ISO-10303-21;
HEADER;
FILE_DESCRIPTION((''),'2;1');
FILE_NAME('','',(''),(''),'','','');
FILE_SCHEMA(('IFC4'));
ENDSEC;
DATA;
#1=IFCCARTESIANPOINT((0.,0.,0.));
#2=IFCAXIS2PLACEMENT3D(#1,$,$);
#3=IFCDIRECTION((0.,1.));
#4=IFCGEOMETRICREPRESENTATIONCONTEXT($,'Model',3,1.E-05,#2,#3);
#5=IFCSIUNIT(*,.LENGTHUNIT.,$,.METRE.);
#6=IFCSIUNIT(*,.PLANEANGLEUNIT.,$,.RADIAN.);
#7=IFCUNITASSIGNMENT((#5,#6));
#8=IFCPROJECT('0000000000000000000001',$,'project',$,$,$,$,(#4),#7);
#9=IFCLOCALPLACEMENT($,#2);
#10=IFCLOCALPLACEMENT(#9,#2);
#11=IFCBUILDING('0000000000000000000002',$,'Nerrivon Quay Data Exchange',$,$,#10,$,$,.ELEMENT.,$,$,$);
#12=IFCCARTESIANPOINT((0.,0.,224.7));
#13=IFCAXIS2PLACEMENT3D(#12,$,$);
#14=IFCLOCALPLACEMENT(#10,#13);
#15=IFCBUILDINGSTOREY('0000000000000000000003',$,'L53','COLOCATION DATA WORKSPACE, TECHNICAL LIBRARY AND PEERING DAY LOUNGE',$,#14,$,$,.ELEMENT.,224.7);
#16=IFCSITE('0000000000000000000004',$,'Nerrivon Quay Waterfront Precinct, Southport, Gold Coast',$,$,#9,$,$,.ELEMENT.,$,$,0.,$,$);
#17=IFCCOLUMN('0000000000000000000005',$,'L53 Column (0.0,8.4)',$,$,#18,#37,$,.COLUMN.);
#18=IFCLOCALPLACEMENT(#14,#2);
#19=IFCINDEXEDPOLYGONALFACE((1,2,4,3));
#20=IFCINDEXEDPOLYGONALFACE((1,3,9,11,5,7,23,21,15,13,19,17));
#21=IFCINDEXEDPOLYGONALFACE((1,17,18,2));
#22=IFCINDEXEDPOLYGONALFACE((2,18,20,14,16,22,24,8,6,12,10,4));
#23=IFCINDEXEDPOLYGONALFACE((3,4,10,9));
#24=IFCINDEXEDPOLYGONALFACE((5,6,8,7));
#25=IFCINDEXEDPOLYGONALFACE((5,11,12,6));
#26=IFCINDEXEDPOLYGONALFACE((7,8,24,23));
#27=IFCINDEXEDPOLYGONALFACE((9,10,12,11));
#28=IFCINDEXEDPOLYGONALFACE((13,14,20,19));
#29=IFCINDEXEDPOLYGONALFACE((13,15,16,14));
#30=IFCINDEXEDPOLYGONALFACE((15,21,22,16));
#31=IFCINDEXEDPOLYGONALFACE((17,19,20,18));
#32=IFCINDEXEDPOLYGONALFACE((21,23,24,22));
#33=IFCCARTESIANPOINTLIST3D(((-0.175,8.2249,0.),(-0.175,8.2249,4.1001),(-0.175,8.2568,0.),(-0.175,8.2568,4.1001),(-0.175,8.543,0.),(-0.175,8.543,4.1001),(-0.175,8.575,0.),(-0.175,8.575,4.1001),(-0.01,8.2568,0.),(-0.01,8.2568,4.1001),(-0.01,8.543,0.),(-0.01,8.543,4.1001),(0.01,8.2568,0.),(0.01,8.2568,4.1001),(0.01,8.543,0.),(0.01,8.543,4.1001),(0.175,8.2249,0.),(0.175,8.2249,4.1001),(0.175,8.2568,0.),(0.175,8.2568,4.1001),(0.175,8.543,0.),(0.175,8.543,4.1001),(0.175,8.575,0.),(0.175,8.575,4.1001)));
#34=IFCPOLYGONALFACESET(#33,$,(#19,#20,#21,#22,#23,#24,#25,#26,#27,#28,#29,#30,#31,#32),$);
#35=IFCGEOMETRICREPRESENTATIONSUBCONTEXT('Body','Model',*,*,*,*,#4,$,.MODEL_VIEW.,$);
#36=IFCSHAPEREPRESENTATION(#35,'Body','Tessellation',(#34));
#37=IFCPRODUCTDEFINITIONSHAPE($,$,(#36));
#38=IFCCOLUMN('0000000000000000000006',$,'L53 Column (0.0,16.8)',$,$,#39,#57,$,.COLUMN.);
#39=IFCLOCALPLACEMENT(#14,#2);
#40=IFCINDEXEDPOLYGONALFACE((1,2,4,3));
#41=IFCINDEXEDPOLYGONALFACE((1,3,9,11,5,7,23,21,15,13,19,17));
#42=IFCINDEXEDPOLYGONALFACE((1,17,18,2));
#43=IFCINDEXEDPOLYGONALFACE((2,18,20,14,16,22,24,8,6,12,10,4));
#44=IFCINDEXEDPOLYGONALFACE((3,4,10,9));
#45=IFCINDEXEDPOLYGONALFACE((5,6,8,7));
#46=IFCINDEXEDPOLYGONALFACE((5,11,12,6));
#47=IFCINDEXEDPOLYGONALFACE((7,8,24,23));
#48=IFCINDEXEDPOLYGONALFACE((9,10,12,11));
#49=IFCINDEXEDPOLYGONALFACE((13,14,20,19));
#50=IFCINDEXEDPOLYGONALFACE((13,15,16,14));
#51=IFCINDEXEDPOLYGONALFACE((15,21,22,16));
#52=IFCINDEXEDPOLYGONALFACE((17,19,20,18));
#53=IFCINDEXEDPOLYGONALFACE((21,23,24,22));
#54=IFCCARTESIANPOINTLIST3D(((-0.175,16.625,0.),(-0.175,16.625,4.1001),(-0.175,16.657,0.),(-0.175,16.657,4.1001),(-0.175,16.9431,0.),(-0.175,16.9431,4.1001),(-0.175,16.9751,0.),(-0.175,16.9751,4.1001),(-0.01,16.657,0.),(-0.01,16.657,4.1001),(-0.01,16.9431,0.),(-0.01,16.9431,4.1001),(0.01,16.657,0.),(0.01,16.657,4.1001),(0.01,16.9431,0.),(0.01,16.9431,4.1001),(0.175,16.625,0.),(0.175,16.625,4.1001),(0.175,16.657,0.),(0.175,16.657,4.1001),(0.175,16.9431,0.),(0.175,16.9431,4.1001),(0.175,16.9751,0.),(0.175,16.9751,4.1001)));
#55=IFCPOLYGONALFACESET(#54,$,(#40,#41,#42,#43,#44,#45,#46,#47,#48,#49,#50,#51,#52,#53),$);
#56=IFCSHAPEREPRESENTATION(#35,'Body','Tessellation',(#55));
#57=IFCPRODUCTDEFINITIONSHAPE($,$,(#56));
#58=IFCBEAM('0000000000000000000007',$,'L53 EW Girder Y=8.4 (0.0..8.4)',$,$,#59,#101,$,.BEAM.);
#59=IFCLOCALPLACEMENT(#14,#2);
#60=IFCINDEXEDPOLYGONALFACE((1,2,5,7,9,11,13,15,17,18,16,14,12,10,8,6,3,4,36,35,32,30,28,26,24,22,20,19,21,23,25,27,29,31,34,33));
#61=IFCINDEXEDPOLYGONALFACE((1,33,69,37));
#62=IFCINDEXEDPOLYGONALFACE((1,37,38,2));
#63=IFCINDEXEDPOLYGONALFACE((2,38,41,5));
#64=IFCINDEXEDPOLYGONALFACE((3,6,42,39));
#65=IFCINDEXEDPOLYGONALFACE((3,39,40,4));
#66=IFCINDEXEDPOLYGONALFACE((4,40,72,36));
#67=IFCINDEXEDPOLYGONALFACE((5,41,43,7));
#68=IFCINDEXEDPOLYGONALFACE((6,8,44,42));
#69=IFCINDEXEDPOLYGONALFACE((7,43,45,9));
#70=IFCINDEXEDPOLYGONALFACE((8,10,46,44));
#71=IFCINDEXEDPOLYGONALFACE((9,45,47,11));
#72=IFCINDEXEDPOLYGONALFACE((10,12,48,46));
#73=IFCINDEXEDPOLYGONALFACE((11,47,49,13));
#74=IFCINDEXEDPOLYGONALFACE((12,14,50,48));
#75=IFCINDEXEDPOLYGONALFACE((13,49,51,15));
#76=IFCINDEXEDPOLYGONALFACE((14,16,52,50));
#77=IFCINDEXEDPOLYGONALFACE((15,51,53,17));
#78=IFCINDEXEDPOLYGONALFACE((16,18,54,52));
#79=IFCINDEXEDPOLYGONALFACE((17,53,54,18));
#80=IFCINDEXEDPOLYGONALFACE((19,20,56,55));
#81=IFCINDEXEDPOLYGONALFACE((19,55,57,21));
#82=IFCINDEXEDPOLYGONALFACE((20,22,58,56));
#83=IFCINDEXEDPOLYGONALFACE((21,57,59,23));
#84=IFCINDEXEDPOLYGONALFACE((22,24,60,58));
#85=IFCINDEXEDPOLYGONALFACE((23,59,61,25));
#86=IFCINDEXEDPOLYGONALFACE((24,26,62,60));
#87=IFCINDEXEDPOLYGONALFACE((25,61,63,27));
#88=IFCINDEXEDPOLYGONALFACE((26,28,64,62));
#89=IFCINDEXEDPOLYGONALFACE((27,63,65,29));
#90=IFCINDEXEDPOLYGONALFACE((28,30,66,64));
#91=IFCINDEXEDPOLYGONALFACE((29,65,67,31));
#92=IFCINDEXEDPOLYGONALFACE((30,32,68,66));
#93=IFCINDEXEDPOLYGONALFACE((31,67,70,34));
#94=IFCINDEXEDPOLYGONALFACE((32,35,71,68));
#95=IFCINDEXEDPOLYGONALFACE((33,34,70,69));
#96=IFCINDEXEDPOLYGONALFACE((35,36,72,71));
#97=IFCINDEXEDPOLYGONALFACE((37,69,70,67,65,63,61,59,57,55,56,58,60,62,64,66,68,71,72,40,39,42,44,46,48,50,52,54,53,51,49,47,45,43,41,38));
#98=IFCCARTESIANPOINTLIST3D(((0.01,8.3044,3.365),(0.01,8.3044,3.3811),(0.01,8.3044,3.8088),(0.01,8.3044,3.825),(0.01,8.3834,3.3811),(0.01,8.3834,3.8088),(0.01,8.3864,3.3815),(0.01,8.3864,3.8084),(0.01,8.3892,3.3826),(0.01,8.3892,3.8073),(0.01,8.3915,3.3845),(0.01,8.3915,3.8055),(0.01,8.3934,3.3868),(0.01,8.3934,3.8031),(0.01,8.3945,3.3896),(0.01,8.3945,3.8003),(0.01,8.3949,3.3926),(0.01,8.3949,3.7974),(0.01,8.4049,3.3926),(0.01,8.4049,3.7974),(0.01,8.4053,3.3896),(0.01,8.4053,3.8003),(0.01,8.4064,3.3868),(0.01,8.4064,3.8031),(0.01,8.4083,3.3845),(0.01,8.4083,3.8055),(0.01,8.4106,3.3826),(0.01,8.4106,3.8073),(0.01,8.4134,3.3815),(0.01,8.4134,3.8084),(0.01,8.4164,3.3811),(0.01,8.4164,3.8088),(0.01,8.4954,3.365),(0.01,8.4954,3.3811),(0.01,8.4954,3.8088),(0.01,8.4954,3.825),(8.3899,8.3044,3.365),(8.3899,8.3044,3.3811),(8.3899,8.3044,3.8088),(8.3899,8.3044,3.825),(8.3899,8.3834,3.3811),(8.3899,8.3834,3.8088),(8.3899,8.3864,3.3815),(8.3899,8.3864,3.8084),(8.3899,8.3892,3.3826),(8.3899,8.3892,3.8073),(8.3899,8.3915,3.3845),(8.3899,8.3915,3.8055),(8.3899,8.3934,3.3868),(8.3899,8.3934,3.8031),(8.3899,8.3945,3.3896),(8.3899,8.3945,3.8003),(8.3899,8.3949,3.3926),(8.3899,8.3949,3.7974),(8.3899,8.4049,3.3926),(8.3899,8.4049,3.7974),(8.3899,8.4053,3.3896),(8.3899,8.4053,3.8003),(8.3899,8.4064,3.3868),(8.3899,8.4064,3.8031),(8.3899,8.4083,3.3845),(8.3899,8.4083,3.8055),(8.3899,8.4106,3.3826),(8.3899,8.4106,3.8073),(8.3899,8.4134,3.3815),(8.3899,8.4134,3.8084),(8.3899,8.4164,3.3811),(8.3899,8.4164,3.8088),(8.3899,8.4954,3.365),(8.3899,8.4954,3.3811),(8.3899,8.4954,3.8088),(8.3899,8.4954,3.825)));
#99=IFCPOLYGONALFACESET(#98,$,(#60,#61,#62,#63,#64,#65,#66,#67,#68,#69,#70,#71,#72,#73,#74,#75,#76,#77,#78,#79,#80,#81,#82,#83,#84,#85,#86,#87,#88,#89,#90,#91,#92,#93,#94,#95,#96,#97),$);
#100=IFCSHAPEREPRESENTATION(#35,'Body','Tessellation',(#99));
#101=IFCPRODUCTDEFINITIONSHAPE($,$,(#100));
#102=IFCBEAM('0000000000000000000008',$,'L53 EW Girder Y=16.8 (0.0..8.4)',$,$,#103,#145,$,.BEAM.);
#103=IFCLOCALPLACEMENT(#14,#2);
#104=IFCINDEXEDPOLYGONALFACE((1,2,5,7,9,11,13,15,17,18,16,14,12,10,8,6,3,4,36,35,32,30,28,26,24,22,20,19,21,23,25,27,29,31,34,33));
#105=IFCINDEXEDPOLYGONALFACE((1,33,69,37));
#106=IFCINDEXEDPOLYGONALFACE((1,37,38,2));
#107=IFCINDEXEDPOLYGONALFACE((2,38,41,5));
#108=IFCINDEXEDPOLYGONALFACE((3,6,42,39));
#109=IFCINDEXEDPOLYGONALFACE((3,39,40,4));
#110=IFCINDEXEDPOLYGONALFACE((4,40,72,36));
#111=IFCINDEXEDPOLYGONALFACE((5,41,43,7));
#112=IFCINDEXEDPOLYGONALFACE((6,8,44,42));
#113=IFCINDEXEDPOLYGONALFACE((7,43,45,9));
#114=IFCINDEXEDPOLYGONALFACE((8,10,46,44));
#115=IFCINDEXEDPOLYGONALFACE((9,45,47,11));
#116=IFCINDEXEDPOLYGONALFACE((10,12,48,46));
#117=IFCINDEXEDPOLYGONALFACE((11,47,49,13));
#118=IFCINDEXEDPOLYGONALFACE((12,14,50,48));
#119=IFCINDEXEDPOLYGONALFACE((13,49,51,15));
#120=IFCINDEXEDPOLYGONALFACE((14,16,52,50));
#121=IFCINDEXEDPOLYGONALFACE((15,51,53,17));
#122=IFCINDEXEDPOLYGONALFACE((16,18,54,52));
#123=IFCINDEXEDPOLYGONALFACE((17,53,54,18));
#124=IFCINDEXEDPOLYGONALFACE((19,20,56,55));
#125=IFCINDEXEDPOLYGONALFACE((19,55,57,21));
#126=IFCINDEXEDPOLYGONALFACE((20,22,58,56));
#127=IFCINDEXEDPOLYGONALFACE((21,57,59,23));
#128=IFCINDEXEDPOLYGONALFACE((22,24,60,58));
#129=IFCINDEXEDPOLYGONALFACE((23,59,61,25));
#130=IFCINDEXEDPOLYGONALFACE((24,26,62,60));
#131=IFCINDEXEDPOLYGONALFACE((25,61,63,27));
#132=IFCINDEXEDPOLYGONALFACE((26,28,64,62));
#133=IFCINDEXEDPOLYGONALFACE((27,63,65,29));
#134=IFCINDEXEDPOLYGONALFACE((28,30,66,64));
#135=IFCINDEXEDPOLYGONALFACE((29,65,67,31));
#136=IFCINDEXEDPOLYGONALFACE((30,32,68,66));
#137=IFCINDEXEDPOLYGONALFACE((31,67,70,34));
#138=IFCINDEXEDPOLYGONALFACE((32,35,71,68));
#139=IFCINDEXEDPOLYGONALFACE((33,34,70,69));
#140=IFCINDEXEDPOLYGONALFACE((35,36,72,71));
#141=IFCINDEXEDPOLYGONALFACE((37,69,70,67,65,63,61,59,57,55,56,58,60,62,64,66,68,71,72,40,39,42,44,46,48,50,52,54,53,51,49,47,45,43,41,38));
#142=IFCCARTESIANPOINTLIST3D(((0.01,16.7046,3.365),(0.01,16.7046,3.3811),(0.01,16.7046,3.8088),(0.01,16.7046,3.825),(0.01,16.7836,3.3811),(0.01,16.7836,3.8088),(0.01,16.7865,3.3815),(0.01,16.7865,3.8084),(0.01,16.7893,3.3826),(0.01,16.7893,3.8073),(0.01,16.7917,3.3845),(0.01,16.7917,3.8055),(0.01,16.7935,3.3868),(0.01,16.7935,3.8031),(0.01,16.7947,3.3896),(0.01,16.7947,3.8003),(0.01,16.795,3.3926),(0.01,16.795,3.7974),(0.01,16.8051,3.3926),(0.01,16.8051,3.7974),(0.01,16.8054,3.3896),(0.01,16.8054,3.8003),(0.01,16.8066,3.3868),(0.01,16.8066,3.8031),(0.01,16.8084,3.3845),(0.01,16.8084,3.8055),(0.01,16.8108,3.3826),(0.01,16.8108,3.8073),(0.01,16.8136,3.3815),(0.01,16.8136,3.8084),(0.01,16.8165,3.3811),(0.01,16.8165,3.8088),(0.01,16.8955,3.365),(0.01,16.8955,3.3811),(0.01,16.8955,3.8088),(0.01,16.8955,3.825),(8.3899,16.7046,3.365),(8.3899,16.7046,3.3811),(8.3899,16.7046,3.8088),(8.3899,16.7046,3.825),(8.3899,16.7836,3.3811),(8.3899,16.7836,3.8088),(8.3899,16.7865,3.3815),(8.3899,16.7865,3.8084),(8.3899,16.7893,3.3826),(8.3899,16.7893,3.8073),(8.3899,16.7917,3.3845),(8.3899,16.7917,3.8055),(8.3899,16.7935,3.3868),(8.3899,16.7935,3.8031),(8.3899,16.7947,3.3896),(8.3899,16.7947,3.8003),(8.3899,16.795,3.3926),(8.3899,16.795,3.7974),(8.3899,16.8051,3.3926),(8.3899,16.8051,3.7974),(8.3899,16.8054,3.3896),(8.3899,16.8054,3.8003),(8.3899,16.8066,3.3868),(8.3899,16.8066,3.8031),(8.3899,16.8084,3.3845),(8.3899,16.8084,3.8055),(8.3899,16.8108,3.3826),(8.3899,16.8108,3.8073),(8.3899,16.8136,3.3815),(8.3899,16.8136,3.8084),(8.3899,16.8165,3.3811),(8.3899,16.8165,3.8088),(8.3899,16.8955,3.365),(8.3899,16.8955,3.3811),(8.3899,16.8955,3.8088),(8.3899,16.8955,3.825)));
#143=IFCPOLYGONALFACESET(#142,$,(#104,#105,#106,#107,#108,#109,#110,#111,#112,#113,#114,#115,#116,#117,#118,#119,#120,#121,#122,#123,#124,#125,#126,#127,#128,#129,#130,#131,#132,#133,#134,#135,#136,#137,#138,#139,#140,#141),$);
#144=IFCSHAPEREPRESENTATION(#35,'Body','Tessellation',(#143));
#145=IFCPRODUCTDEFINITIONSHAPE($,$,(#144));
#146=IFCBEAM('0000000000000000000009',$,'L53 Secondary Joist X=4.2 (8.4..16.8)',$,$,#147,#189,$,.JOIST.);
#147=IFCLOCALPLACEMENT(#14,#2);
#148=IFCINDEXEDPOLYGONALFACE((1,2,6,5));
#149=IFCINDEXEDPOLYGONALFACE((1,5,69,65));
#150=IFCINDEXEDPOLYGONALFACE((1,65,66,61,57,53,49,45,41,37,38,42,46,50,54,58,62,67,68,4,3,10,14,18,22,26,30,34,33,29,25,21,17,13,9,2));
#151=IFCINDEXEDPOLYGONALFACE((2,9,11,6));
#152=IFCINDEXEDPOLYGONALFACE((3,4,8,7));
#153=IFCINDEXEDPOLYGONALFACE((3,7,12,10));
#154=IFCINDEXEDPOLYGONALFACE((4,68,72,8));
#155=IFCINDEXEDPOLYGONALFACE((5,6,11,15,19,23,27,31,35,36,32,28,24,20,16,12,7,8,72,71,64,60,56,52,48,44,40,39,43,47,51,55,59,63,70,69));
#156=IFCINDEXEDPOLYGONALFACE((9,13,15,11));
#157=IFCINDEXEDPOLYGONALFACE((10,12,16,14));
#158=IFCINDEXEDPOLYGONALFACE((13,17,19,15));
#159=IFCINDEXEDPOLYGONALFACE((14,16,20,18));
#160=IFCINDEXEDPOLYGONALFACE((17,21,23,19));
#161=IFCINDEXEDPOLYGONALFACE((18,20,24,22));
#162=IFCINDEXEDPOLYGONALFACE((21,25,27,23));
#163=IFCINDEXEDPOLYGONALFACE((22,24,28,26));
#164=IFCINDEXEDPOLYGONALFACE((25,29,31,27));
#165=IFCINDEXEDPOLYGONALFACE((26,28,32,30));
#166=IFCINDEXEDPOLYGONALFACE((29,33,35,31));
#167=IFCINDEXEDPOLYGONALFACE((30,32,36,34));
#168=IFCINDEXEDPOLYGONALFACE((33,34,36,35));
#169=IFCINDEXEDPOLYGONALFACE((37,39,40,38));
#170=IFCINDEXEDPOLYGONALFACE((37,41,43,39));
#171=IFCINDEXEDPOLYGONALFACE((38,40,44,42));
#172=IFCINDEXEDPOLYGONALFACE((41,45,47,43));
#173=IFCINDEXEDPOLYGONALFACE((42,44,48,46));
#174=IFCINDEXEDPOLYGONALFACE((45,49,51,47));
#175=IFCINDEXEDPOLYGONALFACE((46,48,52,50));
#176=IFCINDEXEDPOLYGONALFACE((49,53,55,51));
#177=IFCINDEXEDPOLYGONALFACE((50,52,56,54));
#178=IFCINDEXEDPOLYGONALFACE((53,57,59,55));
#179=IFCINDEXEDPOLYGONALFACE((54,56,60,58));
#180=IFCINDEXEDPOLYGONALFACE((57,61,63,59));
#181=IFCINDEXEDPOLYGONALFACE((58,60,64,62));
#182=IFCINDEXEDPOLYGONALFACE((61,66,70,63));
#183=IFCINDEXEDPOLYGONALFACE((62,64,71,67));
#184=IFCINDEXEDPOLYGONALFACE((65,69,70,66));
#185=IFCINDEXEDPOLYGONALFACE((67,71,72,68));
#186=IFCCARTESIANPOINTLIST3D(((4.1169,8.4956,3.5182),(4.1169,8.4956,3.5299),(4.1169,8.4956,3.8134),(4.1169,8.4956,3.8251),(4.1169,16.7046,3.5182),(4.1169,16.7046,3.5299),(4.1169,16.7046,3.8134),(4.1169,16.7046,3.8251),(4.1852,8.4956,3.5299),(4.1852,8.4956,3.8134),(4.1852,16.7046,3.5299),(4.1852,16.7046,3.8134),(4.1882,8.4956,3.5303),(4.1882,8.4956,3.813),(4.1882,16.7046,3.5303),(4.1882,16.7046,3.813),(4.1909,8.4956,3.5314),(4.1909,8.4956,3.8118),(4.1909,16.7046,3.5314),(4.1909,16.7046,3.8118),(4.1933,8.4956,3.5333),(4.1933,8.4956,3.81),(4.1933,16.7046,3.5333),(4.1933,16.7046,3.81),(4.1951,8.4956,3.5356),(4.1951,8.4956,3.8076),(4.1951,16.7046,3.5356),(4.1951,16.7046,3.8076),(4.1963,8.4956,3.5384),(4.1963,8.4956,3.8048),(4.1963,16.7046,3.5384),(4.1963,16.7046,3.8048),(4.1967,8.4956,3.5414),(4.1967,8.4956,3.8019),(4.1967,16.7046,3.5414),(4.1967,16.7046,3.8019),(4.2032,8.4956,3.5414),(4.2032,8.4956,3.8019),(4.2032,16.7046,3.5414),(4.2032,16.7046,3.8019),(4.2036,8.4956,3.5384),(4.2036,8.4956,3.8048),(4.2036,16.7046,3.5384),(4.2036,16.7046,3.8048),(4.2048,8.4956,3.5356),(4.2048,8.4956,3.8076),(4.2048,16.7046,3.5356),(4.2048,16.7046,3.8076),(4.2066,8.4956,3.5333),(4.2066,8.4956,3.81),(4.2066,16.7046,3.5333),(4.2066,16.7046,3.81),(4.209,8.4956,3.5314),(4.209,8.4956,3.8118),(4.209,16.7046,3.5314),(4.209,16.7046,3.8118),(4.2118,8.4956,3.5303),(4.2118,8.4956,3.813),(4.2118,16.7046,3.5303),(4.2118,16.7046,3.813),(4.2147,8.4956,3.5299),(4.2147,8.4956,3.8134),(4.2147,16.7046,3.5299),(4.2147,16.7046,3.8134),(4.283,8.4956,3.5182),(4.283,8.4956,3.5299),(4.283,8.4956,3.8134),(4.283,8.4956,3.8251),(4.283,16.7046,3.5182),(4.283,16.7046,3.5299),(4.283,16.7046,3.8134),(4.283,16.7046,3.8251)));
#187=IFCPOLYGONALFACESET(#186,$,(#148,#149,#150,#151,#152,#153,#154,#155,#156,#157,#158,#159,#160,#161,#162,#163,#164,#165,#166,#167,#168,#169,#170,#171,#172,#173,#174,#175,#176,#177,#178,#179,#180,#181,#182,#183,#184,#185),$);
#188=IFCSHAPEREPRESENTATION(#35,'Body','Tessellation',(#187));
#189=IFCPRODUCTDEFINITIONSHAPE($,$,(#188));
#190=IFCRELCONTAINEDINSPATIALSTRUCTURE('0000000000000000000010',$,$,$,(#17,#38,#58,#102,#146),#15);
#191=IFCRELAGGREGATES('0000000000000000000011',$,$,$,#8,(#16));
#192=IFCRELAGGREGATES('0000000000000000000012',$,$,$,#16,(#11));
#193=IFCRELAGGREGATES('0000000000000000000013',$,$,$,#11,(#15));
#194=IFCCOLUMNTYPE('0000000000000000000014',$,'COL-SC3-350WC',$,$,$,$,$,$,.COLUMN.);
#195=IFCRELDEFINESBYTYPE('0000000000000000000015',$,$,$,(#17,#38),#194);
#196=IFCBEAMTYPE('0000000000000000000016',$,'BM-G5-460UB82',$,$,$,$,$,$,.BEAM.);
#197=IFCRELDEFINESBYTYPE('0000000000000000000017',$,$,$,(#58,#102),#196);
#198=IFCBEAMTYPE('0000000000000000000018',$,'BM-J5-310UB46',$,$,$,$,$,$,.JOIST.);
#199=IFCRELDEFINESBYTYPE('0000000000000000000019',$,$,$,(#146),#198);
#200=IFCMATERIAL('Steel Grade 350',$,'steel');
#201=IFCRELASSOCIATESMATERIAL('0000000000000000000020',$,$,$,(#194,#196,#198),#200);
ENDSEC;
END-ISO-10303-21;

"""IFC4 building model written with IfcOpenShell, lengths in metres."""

from ifc_helpers import new_model, si_unit, direction, frame, origin, origin_2d, place, context, subcontext, project, spatial, i_section, extrude, material, material_profile, profile_set, type_object, element, save


model = new_model("IFC4")

# Units and contexts
model_context = context("Model", 3, precision=1e-05, world=origin(), true_north=direction((0.0, 1.0)))
body_context = subcontext(model_context, "Body", "Model", "MODEL_VIEW")
ifc_project = project(units=[si_unit("LENGTHUNIT", "METRE"), si_unit("PLANEANGLEUNIT", "RADIAN")], contexts=[model_context])

# Site, building, storey
site_placement = place(None, origin())
site = spatial("IfcSite", under=ifc_project, at=site_placement, Name="Nerrivon Quay Waterfront Precinct, Southport, Gold Coast", CompositionType="ELEMENT", RefElevation=0.0)
building_placement = place(site_placement, origin())
building = spatial("IfcBuilding", under=site, at=building_placement, Name="Nerrivon Quay Data Exchange", CompositionType="ELEMENT")
storey_placement = place(building_placement, frame((0.0, 0.0, 224.7)))
storey = spatial("IfcBuildingStorey", under=building, at=storey_placement, Name="L53", Description="COLOCATION DATA WORKSPACE, TECHNICAL LIBRARY AND PEERING DAY LOUNGE", CompositionType="ELEMENT", Elevation=224.7)

# Columns
ifc_material_1 = material(Name="Steel Grade 350", Category="steel")
ifc_material_profile_1 = material_profile(ifc_material_1, i_section(OverallWidth=0.3501, OverallDepth=0.3501, WebThickness=0.02, FlangeThickness=0.032, at=origin_2d()), Name="350WC230")
ifc_profile_set_1 = profile_set([ifc_material_profile_1], Name="Steel Grade 350")
column_type = type_object("IfcColumnType", Name="COL-SC3-350WC", PredefinedType="COLUMN", material=ifc_profile_set_1)
for number, where, z_axis, x_axis, name in (
    (1, (0.0, 8.3999, 0.0), (0.0, 0.0, 1.0), (1.0, 0.0, 0.0), "L53 Column (0.0,8.4)"),
    (2, (0.0, 16.8, 0.0), (0.0, 0.0, 1.0), (1.0, 0.0, 0.0), "L53 Column (0.0,16.8)"),
):
    element("IfcColumn", number, at=place(storey_placement, frame(where, z_axis=z_axis, x_axis=x_axis)), inside=storey, type_object=column_type, Name=name, PredefinedType="COLUMN", context=body_context, shape_type="SweptSolid", body=[
        extrude(i_section(OverallWidth=0.3501, OverallDepth=0.3501, WebThickness=0.02, FlangeThickness=0.032, at=origin_2d()), origin(), (0.0, 0.0, 1.0), 4.1001),
    ])

# Beams
ifc_material_profile_2 = material_profile(ifc_material_1, i_section(OverallWidth=0.1909, OverallDepth=0.46, WebThickness=0.01, FlangeThickness=0.0161, FilletRadius=0.0115, at=origin_2d()), Name="460UB82.1")
ifc_profile_set_2 = profile_set([ifc_material_profile_2], Name="Steel Grade 350")
beam_type_1 = type_object("IfcBeamType", Name="BM-G5-460UB82", PredefinedType="BEAM", material=ifc_profile_set_2)
for number, where, z_axis, x_axis, name in (
    (3, (0.01, 8.3999, 3.595), (1.0, 0.0, 0.0), (0.0, 1.0, 0.0), "L53 EW Girder Y=8.4 (0.0..8.4)"),
    (4, (0.01, 16.8, 3.595), (1.0, 0.0, 0.0), (0.0, 1.0, 0.0), "L53 EW Girder Y=16.8 (0.0..8.4)"),
):
    element("IfcBeam", number, at=place(storey_placement, frame(where, z_axis=z_axis, x_axis=x_axis)), inside=storey, type_object=beam_type_1, Name=name, PredefinedType="BEAM", context=body_context, shape_type="SweptSolid", body=[
        extrude(i_section(OverallWidth=0.1909, OverallDepth=0.46, WebThickness=0.01, FlangeThickness=0.0161, FilletRadius=0.0115, at=origin_2d()), origin(), (0.0, 0.0, 1.0), 8.3799),
    ])
ifc_material_profile_3 = material_profile(ifc_material_1, i_section(OverallWidth=0.166, OverallDepth=0.3069, WebThickness=0.0066, FlangeThickness=0.0117, FilletRadius=0.0115, at=origin_2d()), Name="310UB46.2")
ifc_profile_set_3 = profile_set([ifc_material_profile_3], Name="Steel Grade 350")
beam_type_2 = type_object("IfcBeamType", Name="BM-J5-310UB46", PredefinedType="JOIST", material=ifc_profile_set_3)
for number, where, z_axis, x_axis, name in (
    (5, (4.2, 8.4956, 3.6716), (0.0, 1.0, 0.0), (-1.0, 0.0, 0.0), "L53 Secondary Joist X=4.2 (8.4..16.8)"),
):
    element("IfcBeam", number, at=place(storey_placement, frame(where, z_axis=z_axis, x_axis=x_axis)), inside=storey, type_object=beam_type_2, Name=name, PredefinedType="JOIST", context=body_context, shape_type="SweptSolid", body=[
        extrude(i_section(OverallWidth=0.166, OverallDepth=0.3069, WebThickness=0.0066, FlangeThickness=0.0117, FilletRadius=0.0115, at=origin_2d()), origin(), (0.0, 0.0, 1.0), 8.209),
    ])

save(model, "model.ifc")
